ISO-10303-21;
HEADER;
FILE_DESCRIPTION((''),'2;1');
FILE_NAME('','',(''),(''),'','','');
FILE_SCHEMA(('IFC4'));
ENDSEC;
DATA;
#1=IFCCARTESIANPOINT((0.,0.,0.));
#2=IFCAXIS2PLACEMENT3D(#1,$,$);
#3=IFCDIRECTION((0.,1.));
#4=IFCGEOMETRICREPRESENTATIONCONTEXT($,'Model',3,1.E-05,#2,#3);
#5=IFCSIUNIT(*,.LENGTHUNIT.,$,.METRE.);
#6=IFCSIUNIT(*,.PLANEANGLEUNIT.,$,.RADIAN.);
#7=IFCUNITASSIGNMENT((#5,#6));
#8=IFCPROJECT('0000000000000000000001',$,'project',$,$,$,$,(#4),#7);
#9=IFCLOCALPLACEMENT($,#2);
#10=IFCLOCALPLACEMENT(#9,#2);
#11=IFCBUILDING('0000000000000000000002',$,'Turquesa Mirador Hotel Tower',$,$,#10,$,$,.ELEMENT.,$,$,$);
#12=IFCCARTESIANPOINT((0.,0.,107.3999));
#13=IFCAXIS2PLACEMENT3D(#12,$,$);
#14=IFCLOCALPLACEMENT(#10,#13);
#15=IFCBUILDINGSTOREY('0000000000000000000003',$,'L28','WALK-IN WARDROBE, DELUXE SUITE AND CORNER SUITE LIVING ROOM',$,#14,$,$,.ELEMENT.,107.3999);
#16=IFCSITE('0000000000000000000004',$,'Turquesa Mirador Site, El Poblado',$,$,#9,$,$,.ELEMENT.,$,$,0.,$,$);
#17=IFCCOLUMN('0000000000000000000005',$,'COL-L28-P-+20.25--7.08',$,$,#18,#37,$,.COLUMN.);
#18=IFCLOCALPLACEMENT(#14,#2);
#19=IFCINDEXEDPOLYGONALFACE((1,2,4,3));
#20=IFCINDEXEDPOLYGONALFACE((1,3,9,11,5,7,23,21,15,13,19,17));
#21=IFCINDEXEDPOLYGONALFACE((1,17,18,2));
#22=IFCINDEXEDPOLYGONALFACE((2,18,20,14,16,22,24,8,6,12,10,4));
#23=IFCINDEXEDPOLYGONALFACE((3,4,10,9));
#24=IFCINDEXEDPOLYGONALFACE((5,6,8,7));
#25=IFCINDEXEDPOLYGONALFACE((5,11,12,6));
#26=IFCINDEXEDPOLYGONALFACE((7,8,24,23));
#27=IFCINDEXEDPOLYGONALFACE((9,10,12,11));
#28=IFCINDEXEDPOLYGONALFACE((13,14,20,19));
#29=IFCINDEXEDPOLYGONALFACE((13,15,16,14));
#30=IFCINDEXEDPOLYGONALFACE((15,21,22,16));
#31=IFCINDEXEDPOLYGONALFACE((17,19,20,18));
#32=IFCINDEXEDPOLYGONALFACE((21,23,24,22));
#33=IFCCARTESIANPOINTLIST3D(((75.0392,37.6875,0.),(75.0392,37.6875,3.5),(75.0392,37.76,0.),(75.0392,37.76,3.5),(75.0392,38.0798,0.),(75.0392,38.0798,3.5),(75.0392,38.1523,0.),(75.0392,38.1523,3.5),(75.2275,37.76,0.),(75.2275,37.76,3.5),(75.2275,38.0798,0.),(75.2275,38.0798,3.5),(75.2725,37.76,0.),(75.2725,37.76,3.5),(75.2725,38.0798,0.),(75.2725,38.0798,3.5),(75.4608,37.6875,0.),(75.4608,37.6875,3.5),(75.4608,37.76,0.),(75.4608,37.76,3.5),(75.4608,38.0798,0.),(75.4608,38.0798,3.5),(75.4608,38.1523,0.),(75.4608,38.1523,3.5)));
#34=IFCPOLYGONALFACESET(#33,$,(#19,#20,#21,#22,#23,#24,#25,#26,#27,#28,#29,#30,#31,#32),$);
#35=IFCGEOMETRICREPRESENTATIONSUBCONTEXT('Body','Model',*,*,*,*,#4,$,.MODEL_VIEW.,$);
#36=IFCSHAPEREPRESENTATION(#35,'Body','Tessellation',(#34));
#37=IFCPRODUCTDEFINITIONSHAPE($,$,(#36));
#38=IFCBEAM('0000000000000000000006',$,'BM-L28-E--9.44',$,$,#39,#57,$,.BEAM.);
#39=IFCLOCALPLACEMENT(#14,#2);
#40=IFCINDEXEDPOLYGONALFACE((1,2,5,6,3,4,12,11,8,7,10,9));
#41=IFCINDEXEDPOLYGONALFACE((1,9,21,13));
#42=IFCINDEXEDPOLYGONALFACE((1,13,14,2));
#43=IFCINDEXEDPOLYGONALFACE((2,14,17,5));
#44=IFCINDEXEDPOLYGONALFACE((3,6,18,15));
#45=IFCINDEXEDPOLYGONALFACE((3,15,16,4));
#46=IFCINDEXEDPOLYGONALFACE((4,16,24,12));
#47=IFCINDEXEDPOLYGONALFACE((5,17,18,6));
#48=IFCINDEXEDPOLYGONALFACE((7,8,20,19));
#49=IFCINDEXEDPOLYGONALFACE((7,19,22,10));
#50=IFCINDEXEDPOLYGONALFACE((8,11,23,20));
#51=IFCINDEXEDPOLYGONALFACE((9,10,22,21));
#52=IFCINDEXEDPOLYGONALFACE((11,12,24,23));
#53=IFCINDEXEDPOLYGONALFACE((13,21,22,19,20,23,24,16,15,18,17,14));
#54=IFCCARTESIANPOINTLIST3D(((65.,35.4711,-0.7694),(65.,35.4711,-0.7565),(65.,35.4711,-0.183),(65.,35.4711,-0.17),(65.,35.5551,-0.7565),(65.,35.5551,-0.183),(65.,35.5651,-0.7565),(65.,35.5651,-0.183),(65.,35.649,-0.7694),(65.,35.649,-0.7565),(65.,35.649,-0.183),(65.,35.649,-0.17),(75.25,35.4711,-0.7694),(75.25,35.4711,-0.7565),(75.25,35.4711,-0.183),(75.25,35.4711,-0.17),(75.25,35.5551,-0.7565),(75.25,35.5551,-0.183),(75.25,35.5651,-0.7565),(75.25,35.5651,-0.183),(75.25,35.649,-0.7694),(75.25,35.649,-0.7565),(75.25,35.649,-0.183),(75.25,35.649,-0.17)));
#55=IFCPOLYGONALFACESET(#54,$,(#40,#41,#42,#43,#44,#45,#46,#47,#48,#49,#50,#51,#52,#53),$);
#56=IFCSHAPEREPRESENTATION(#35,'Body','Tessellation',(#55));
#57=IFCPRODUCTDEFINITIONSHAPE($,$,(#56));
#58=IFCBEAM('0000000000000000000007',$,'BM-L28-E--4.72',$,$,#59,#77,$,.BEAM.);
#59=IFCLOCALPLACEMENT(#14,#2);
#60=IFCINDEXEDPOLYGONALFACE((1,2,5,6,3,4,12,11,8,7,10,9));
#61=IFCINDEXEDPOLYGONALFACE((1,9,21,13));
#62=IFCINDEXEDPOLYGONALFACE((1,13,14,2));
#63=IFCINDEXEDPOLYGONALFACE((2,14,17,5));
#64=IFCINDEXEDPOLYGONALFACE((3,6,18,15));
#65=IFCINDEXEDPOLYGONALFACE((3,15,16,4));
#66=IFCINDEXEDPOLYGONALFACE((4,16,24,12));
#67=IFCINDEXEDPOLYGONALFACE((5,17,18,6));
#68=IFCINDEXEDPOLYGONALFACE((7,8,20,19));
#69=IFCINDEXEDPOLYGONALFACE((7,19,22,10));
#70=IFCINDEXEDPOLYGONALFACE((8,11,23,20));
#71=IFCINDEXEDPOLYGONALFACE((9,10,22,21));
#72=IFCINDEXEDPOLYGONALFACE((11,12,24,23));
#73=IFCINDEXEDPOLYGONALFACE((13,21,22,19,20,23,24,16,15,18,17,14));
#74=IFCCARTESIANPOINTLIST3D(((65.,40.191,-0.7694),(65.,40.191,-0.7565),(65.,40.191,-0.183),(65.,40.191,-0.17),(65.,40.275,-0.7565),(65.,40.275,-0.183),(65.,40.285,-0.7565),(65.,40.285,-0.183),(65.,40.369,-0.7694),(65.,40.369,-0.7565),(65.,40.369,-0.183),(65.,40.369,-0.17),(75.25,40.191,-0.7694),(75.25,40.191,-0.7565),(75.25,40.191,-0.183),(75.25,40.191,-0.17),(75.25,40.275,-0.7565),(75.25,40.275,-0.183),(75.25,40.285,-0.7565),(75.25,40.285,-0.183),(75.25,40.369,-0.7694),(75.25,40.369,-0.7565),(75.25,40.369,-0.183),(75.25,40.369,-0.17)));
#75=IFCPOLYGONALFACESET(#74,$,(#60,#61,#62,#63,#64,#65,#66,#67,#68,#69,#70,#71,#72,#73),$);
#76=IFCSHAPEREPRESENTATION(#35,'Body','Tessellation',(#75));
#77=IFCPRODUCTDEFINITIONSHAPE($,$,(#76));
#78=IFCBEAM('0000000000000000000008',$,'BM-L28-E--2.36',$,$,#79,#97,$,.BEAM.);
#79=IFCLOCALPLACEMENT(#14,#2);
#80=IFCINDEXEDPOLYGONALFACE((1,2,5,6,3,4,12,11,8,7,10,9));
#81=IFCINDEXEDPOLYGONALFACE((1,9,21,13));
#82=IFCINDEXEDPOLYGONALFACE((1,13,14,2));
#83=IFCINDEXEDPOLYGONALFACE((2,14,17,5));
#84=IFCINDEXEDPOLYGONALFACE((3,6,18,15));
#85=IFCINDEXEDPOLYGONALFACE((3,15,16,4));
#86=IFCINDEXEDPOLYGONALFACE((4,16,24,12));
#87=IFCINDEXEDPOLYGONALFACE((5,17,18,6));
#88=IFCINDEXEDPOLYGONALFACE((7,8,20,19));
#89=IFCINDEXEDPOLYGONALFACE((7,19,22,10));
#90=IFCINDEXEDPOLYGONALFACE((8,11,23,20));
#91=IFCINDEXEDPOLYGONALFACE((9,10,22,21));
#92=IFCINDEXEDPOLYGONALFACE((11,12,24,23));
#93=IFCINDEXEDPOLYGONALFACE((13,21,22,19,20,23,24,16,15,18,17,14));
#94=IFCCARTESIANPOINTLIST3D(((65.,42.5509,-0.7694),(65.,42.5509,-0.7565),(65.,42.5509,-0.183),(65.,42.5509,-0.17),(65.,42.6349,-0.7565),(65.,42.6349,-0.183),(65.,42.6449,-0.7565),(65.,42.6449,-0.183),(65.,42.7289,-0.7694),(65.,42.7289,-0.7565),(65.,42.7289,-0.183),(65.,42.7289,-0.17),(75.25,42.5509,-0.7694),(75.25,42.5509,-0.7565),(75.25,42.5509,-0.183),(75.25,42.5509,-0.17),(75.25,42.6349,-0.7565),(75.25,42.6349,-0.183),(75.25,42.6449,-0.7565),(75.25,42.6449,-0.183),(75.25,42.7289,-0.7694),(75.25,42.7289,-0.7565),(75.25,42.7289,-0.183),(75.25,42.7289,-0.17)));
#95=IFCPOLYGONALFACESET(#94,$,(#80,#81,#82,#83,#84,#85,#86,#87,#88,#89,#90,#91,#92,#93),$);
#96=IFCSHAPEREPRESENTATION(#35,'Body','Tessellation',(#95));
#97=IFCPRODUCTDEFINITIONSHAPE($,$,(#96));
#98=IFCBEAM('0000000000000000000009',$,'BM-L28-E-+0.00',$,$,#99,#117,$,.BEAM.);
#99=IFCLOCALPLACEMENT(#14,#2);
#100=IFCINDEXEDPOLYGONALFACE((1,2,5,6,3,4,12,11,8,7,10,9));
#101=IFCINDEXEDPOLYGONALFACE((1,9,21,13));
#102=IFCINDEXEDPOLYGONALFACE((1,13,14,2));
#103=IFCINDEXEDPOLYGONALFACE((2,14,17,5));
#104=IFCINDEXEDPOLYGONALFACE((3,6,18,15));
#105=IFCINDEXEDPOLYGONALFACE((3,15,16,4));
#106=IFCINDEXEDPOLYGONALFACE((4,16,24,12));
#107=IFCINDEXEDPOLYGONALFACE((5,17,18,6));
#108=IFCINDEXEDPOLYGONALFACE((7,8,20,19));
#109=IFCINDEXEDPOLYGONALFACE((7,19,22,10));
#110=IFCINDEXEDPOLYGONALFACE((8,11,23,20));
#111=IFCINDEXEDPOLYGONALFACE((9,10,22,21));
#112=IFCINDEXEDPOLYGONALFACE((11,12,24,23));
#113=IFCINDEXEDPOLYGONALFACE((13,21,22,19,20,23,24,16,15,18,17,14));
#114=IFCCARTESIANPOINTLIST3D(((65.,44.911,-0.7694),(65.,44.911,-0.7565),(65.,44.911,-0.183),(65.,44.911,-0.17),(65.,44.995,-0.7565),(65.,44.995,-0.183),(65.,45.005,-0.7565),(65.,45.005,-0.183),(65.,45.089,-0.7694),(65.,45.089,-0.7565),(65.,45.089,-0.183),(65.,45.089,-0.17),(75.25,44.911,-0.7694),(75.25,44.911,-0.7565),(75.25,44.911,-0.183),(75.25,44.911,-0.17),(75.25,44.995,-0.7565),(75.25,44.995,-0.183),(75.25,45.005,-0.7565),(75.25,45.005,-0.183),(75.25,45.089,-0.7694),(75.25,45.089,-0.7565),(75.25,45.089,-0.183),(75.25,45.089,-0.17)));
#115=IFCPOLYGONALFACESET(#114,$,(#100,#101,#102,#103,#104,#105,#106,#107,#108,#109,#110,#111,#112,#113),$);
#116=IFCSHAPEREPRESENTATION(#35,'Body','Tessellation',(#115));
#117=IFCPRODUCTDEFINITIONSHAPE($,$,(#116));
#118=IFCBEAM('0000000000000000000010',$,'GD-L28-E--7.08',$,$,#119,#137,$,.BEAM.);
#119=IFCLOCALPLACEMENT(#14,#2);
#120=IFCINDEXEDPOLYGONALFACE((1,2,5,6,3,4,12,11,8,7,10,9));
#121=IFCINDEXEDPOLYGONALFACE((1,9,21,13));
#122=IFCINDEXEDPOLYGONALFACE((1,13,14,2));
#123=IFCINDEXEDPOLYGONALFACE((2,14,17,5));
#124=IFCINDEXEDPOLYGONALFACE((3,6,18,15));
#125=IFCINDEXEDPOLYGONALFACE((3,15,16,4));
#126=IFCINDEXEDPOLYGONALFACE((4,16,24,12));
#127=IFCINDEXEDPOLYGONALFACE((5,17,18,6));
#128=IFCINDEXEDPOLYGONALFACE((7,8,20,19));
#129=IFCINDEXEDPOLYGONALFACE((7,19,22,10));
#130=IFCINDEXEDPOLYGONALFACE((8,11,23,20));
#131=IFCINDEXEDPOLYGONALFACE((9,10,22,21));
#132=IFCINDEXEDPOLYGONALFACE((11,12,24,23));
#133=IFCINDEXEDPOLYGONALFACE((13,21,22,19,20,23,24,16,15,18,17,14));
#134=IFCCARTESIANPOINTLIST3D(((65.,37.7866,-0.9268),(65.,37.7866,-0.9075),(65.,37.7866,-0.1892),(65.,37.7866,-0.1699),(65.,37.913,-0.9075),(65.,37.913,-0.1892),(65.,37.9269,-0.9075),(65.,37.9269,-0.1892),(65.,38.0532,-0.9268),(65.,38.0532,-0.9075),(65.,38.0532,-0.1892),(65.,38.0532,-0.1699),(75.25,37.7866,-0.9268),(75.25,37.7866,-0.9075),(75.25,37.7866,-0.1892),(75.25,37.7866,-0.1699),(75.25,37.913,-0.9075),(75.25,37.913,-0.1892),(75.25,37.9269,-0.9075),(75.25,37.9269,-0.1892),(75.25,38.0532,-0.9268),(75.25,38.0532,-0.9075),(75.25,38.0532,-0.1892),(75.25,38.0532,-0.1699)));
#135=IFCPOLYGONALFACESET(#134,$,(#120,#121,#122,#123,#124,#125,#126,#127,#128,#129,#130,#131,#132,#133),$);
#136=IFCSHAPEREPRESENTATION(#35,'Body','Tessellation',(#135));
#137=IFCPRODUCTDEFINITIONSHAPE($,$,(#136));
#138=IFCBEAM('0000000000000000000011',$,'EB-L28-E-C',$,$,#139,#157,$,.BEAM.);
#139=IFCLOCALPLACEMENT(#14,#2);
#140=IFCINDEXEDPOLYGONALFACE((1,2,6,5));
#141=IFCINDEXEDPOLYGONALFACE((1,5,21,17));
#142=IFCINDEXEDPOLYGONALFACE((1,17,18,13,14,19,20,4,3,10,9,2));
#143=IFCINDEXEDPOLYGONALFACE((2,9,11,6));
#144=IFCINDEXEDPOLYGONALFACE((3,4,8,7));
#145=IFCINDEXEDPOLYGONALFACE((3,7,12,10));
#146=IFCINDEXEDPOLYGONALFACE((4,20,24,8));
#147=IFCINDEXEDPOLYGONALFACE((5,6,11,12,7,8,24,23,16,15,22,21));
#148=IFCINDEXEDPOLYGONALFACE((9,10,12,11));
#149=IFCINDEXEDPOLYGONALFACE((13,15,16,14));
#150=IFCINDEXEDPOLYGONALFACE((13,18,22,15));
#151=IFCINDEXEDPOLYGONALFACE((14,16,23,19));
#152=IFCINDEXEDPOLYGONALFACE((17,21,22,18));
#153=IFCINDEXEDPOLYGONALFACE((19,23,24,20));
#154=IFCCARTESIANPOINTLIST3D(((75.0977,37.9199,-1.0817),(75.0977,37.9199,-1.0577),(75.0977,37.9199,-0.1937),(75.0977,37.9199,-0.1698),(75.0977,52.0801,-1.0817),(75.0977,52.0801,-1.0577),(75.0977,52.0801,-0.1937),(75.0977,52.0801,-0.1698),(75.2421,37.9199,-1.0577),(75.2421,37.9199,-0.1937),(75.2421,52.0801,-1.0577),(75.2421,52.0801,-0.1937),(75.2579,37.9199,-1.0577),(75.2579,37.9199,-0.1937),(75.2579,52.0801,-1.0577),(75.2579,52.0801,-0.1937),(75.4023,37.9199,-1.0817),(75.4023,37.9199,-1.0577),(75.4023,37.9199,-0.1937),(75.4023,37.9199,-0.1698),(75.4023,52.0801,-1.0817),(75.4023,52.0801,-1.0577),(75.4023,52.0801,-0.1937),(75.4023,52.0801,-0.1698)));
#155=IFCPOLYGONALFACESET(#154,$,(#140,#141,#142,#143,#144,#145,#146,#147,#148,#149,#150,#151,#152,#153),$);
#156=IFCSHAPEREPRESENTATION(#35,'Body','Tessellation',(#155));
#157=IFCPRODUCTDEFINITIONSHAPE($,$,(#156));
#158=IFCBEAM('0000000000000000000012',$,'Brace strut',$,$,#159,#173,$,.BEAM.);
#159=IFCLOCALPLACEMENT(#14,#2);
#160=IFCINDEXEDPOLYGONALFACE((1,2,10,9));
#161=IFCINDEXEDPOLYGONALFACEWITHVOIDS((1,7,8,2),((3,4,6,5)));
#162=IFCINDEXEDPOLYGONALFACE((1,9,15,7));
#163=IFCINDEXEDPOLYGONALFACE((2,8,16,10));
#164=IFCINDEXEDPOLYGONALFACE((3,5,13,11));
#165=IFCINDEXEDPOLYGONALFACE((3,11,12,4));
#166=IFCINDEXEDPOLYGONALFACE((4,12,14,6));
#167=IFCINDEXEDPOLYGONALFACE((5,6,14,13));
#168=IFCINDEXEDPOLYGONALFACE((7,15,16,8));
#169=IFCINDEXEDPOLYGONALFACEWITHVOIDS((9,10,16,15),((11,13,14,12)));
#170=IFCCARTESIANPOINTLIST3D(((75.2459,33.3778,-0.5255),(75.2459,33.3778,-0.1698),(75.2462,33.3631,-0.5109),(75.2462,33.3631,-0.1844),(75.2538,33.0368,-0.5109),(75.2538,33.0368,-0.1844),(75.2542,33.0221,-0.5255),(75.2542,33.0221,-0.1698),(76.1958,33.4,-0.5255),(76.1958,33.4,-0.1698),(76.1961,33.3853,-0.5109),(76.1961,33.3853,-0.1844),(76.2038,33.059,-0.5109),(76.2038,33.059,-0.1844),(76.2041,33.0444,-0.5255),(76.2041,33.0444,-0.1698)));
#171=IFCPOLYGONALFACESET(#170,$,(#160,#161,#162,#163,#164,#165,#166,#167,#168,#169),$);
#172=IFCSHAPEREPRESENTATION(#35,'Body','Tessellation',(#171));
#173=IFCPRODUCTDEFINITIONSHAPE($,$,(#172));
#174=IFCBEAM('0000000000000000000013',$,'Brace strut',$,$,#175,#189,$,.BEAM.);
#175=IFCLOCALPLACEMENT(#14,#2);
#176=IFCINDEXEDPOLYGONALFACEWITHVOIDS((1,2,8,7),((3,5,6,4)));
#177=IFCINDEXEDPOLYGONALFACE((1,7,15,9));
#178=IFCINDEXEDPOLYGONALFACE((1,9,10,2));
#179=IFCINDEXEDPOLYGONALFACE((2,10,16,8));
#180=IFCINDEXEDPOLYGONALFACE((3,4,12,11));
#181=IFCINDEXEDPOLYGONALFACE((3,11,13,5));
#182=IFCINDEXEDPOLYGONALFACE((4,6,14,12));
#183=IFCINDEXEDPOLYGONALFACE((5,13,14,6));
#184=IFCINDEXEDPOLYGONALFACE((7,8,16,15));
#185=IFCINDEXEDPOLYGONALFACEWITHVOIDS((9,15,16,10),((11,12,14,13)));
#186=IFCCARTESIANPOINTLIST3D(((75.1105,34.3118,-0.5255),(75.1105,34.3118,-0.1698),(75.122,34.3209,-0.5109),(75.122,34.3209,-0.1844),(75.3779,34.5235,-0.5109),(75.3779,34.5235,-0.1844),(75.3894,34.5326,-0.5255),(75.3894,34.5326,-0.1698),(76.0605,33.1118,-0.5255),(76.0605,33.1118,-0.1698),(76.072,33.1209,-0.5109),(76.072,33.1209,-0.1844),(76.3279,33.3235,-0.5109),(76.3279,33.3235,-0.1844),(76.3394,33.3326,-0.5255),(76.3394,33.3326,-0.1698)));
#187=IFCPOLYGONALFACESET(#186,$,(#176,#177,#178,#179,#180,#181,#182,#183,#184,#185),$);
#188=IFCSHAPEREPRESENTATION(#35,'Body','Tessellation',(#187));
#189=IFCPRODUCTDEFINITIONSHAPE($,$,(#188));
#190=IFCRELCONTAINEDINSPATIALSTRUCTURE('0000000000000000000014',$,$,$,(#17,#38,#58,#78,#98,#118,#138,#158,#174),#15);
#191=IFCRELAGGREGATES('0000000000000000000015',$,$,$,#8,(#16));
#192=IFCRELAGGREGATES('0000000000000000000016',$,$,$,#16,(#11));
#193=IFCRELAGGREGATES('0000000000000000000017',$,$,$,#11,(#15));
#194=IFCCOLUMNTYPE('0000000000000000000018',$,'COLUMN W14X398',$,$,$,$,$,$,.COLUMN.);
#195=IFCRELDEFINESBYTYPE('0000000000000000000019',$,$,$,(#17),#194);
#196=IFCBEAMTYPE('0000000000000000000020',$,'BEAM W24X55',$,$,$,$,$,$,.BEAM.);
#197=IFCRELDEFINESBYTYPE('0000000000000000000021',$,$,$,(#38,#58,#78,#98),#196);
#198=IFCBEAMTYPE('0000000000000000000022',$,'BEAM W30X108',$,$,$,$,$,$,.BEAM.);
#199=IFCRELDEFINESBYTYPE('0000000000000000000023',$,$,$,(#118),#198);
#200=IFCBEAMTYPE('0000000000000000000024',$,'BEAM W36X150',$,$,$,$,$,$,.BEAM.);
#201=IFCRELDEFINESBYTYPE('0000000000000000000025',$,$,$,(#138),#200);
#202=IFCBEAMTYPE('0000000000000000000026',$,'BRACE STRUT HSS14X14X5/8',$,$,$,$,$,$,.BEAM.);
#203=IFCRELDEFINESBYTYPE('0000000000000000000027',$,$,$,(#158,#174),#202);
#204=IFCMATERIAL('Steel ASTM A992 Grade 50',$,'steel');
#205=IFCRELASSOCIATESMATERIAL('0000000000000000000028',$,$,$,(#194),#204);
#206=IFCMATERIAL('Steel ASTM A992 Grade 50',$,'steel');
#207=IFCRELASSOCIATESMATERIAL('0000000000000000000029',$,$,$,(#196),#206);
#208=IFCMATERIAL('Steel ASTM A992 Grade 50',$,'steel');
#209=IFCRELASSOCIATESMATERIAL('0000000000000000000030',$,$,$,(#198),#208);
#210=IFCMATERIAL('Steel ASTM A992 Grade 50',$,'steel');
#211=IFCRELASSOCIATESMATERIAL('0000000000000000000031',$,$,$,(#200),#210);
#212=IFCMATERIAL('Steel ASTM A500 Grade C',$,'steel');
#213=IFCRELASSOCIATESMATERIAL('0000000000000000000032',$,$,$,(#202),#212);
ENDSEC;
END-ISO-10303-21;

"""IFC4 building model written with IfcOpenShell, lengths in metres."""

from ifc_helpers import new_model, si_unit, direction, frame, origin, origin_2d, place, context, subcontext, project, spatial, hollow_rectangle, i_section, extrude, material, material_profile, profile_set, type_object, element, save


model = new_model("IFC4")

# Units and contexts
model_context = context("Model", 3, precision=1e-05, world=origin(), true_north=direction((0.0, 1.0)))
body_context = subcontext(model_context, "Body", "Model", "MODEL_VIEW")
ifc_project = project(units=[si_unit("LENGTHUNIT", "METRE"), si_unit("PLANEANGLEUNIT", "RADIAN")], contexts=[model_context])

# Site, building, storey
site_placement = place(None, origin())
site = spatial("IfcSite", under=ifc_project, at=site_placement, Name="Turquesa Mirador Site, El Poblado", CompositionType="ELEMENT", RefElevation=0.0)
building_placement = place(site_placement, origin())
building = spatial("IfcBuilding", under=site, at=building_placement, Name="Turquesa Mirador Hotel Tower", CompositionType="ELEMENT")
storey_placement = place(building_placement, frame((0.0, 0.0, 107.3999)))
storey = spatial("IfcBuildingStorey", under=building, at=storey_placement, Name="L28", Description="WALK-IN WARDROBE, DELUXE SUITE AND CORNER SUITE LIVING ROOM", CompositionType="ELEMENT", Elevation=107.3999)

# Column
ifc_material_1 = material(Name="Steel ASTM A992 Grade 50", Category="steel")
ifc_material_profile_1 = material_profile(ifc_material_1, i_section(OverallWidth=0.4216, OverallDepth=0.4648, WebThickness=0.0449, FlangeThickness=0.0725, at=origin_2d()), Name="W14X398")
ifc_profile_set_1 = profile_set([ifc_material_profile_1], Name="Steel ASTM A992 Grade 50")
column_type = type_object("IfcColumnType", Name="COLUMN W14X398", PredefinedType="COLUMN", material=ifc_profile_set_1)
column_placement = place(storey_placement, frame((75.25, 37.9199, 0.0), z_axis=(0.0, 0.0, 1.0), x_axis=(1.0, 0.0, 0.0)))
element("IfcColumn", 1, at=column_placement, inside=storey, type_object=column_type, Name="COL-L28-P-+20.25--7.08", PredefinedType="COLUMN", context=body_context, shape_type="SweptSolid", body=[
    extrude(i_section(OverallWidth=0.4216, OverallDepth=0.4648, WebThickness=0.0449, FlangeThickness=0.0725, at=origin_2d()), origin(), (0.0, 0.0, 1.0), 3.5),
])

# Beams
ifc_material_2 = material(Name="Steel ASTM A992 Grade 50", Category="steel")
ifc_material_profile_2 = material_profile(ifc_material_2, i_section(OverallWidth=0.178, OverallDepth=0.5994, WebThickness=0.01, FlangeThickness=0.0129, at=origin_2d()), Name="W24X55")
ifc_profile_set_2 = profile_set([ifc_material_profile_2], Name="Steel ASTM A992 Grade 50")
beam_type_1 = type_object("IfcBeamType", Name="BEAM W24X55", PredefinedType="BEAM", material=ifc_profile_set_2)
for number, where, z_axis, x_axis, name in (
    (2, (75.25, 35.5601, -0.4697), (-1.0, 0.0, 0.0), (0.0, -1.0, 0.0), "BM-L28-E--9.44"),
    (3, (75.25, 40.28, -0.4697), (-1.0, 0.0, 0.0), (0.0, -1.0, 0.0), "BM-L28-E--4.72"),
    (4, (75.25, 42.6399, -0.4697), (-1.0, 0.0, 0.0), (0.0, -1.0, 0.0), "BM-L28-E--2.36"),
    (5, (75.25, 45.0, -0.4697), (-1.0, 0.0, 0.0), (0.0, -1.0, 0.0), "BM-L28-E-+0.00"),
):
    element("IfcBeam", number, at=place(storey_placement, frame(where, z_axis=z_axis, x_axis=x_axis)), inside=storey, type_object=beam_type_1, Name=name, PredefinedType="BEAM", context=body_context, shape_type="SweptSolid", body=[
        extrude(i_section(OverallWidth=0.178, OverallDepth=0.5994, WebThickness=0.01, FlangeThickness=0.0129, at=origin_2d()), origin(), (0.0, 0.0, 1.0), 10.25),
    ])
ifc_material_3 = material(Name="Steel ASTM A992 Grade 50", Category="steel")
ifc_material_profile_3 = material_profile(ifc_material_3, i_section(OverallWidth=0.2666, OverallDepth=0.7568, WebThickness=0.0139, FlangeThickness=0.0193, at=origin_2d()), Name="W30X108")
ifc_profile_set_3 = profile_set([ifc_material_profile_3], Name="Steel ASTM A992 Grade 50")
beam_type_2 = type_object("IfcBeamType", Name="BEAM W30X108", PredefinedType="BEAM", material=ifc_profile_set_3)
beam_1_placement = place(storey_placement, frame((75.25, 37.9199, -0.5483), z_axis=(-1.0, 0.0, 0.0), x_axis=(0.0, -1.0, 0.0)))
element("IfcBeam", 6, at=beam_1_placement, inside=storey, type_object=beam_type_2, Name="GD-L28-E--7.08", PredefinedType="BEAM", context=body_context, shape_type="SweptSolid", body=[
    extrude(i_section(OverallWidth=0.2666, OverallDepth=0.7568, WebThickness=0.0139, FlangeThickness=0.0193, at=origin_2d()), origin(), (0.0, 0.0, 1.0), 10.25),
])
ifc_material_4 = material(Name="Steel ASTM A992 Grade 50", Category="steel")
ifc_material_profile_4 = material_profile(ifc_material_4, i_section(OverallWidth=0.3047, OverallDepth=0.9119, WebThickness=0.0159, FlangeThickness=0.0239, at=origin_2d()), Name="W36X150")
ifc_profile_set_4 = profile_set([ifc_material_profile_4], Name="Steel ASTM A992 Grade 50")
beam_type_3 = type_object("IfcBeamType", Name="BEAM W36X150", PredefinedType="BEAM", material=ifc_profile_set_4)
beam_2_placement = place(storey_placement, frame((75.25, 37.9199, -0.6257), z_axis=(0.0, 1.0, 0.0), x_axis=(-1.0, 0.0, 0.0)))
element("IfcBeam", 7, at=beam_2_placement, inside=storey, type_object=beam_type_3, Name="EB-L28-E-C", PredefinedType="BEAM", context=body_context, shape_type="SweptSolid", body=[
    extrude(i_section(OverallWidth=0.3047, OverallDepth=0.9119, WebThickness=0.0159, FlangeThickness=0.0239, at=origin_2d()), origin(), (0.0, 0.0, 1.0), 14.1602),
])
ifc_material_5 = material(Name="Steel ASTM A500 Grade C", Category="steel")
ifc_material_profile_5 = material_profile(ifc_material_5, hollow_rectangle(XDim=0.3557, YDim=0.3557, WallThickness=0.0146, at=origin_2d()), Name="HSS14X14X5/8")
ifc_profile_set_5 = profile_set([ifc_material_profile_5], Name="Steel ASTM A500 Grade C")
beam_type_4 = type_object("IfcBeamType", Name="BRACE STRUT HSS14X14X5/8", PredefinedType="BEAM", material=ifc_profile_set_5)
beam_3_placement = place(storey_placement, frame((76.2, 33.2222, -0.3477), z_axis=(-0.999727, -0.023381, 0.0), x_axis=(0.023381, -0.999727, 0.0)))
element("IfcBeam", 8, at=beam_3_placement, inside=storey, type_object=beam_type_4, Name="Brace strut", PredefinedType="BEAM", context=body_context, shape_type="SweptSolid", body=[
    extrude(hollow_rectangle(XDim=0.3557, YDim=0.3557, WallThickness=0.0146, at=origin_2d()), origin(), (0.0, 0.0, 1.0), 0.9502),
])
beam_4_placement = place(storey_placement, frame((76.2, 33.2222, -0.3477), z_axis=(-0.620699, 0.784049, 0.0), x_axis=(-0.784049, -0.620699, 0.0)))
element("IfcBeam", 9, at=beam_4_placement, inside=storey, type_object=beam_type_4, Name="Brace strut", PredefinedType="BEAM", context=body_context, shape_type="SweptSolid", body=[
    extrude(hollow_rectangle(XDim=0.3557, YDim=0.3557, WallThickness=0.0146, at=origin_2d()), origin(), (0.0, 0.0, 1.0), 1.5305),
])

save(model, "model.ifc")
